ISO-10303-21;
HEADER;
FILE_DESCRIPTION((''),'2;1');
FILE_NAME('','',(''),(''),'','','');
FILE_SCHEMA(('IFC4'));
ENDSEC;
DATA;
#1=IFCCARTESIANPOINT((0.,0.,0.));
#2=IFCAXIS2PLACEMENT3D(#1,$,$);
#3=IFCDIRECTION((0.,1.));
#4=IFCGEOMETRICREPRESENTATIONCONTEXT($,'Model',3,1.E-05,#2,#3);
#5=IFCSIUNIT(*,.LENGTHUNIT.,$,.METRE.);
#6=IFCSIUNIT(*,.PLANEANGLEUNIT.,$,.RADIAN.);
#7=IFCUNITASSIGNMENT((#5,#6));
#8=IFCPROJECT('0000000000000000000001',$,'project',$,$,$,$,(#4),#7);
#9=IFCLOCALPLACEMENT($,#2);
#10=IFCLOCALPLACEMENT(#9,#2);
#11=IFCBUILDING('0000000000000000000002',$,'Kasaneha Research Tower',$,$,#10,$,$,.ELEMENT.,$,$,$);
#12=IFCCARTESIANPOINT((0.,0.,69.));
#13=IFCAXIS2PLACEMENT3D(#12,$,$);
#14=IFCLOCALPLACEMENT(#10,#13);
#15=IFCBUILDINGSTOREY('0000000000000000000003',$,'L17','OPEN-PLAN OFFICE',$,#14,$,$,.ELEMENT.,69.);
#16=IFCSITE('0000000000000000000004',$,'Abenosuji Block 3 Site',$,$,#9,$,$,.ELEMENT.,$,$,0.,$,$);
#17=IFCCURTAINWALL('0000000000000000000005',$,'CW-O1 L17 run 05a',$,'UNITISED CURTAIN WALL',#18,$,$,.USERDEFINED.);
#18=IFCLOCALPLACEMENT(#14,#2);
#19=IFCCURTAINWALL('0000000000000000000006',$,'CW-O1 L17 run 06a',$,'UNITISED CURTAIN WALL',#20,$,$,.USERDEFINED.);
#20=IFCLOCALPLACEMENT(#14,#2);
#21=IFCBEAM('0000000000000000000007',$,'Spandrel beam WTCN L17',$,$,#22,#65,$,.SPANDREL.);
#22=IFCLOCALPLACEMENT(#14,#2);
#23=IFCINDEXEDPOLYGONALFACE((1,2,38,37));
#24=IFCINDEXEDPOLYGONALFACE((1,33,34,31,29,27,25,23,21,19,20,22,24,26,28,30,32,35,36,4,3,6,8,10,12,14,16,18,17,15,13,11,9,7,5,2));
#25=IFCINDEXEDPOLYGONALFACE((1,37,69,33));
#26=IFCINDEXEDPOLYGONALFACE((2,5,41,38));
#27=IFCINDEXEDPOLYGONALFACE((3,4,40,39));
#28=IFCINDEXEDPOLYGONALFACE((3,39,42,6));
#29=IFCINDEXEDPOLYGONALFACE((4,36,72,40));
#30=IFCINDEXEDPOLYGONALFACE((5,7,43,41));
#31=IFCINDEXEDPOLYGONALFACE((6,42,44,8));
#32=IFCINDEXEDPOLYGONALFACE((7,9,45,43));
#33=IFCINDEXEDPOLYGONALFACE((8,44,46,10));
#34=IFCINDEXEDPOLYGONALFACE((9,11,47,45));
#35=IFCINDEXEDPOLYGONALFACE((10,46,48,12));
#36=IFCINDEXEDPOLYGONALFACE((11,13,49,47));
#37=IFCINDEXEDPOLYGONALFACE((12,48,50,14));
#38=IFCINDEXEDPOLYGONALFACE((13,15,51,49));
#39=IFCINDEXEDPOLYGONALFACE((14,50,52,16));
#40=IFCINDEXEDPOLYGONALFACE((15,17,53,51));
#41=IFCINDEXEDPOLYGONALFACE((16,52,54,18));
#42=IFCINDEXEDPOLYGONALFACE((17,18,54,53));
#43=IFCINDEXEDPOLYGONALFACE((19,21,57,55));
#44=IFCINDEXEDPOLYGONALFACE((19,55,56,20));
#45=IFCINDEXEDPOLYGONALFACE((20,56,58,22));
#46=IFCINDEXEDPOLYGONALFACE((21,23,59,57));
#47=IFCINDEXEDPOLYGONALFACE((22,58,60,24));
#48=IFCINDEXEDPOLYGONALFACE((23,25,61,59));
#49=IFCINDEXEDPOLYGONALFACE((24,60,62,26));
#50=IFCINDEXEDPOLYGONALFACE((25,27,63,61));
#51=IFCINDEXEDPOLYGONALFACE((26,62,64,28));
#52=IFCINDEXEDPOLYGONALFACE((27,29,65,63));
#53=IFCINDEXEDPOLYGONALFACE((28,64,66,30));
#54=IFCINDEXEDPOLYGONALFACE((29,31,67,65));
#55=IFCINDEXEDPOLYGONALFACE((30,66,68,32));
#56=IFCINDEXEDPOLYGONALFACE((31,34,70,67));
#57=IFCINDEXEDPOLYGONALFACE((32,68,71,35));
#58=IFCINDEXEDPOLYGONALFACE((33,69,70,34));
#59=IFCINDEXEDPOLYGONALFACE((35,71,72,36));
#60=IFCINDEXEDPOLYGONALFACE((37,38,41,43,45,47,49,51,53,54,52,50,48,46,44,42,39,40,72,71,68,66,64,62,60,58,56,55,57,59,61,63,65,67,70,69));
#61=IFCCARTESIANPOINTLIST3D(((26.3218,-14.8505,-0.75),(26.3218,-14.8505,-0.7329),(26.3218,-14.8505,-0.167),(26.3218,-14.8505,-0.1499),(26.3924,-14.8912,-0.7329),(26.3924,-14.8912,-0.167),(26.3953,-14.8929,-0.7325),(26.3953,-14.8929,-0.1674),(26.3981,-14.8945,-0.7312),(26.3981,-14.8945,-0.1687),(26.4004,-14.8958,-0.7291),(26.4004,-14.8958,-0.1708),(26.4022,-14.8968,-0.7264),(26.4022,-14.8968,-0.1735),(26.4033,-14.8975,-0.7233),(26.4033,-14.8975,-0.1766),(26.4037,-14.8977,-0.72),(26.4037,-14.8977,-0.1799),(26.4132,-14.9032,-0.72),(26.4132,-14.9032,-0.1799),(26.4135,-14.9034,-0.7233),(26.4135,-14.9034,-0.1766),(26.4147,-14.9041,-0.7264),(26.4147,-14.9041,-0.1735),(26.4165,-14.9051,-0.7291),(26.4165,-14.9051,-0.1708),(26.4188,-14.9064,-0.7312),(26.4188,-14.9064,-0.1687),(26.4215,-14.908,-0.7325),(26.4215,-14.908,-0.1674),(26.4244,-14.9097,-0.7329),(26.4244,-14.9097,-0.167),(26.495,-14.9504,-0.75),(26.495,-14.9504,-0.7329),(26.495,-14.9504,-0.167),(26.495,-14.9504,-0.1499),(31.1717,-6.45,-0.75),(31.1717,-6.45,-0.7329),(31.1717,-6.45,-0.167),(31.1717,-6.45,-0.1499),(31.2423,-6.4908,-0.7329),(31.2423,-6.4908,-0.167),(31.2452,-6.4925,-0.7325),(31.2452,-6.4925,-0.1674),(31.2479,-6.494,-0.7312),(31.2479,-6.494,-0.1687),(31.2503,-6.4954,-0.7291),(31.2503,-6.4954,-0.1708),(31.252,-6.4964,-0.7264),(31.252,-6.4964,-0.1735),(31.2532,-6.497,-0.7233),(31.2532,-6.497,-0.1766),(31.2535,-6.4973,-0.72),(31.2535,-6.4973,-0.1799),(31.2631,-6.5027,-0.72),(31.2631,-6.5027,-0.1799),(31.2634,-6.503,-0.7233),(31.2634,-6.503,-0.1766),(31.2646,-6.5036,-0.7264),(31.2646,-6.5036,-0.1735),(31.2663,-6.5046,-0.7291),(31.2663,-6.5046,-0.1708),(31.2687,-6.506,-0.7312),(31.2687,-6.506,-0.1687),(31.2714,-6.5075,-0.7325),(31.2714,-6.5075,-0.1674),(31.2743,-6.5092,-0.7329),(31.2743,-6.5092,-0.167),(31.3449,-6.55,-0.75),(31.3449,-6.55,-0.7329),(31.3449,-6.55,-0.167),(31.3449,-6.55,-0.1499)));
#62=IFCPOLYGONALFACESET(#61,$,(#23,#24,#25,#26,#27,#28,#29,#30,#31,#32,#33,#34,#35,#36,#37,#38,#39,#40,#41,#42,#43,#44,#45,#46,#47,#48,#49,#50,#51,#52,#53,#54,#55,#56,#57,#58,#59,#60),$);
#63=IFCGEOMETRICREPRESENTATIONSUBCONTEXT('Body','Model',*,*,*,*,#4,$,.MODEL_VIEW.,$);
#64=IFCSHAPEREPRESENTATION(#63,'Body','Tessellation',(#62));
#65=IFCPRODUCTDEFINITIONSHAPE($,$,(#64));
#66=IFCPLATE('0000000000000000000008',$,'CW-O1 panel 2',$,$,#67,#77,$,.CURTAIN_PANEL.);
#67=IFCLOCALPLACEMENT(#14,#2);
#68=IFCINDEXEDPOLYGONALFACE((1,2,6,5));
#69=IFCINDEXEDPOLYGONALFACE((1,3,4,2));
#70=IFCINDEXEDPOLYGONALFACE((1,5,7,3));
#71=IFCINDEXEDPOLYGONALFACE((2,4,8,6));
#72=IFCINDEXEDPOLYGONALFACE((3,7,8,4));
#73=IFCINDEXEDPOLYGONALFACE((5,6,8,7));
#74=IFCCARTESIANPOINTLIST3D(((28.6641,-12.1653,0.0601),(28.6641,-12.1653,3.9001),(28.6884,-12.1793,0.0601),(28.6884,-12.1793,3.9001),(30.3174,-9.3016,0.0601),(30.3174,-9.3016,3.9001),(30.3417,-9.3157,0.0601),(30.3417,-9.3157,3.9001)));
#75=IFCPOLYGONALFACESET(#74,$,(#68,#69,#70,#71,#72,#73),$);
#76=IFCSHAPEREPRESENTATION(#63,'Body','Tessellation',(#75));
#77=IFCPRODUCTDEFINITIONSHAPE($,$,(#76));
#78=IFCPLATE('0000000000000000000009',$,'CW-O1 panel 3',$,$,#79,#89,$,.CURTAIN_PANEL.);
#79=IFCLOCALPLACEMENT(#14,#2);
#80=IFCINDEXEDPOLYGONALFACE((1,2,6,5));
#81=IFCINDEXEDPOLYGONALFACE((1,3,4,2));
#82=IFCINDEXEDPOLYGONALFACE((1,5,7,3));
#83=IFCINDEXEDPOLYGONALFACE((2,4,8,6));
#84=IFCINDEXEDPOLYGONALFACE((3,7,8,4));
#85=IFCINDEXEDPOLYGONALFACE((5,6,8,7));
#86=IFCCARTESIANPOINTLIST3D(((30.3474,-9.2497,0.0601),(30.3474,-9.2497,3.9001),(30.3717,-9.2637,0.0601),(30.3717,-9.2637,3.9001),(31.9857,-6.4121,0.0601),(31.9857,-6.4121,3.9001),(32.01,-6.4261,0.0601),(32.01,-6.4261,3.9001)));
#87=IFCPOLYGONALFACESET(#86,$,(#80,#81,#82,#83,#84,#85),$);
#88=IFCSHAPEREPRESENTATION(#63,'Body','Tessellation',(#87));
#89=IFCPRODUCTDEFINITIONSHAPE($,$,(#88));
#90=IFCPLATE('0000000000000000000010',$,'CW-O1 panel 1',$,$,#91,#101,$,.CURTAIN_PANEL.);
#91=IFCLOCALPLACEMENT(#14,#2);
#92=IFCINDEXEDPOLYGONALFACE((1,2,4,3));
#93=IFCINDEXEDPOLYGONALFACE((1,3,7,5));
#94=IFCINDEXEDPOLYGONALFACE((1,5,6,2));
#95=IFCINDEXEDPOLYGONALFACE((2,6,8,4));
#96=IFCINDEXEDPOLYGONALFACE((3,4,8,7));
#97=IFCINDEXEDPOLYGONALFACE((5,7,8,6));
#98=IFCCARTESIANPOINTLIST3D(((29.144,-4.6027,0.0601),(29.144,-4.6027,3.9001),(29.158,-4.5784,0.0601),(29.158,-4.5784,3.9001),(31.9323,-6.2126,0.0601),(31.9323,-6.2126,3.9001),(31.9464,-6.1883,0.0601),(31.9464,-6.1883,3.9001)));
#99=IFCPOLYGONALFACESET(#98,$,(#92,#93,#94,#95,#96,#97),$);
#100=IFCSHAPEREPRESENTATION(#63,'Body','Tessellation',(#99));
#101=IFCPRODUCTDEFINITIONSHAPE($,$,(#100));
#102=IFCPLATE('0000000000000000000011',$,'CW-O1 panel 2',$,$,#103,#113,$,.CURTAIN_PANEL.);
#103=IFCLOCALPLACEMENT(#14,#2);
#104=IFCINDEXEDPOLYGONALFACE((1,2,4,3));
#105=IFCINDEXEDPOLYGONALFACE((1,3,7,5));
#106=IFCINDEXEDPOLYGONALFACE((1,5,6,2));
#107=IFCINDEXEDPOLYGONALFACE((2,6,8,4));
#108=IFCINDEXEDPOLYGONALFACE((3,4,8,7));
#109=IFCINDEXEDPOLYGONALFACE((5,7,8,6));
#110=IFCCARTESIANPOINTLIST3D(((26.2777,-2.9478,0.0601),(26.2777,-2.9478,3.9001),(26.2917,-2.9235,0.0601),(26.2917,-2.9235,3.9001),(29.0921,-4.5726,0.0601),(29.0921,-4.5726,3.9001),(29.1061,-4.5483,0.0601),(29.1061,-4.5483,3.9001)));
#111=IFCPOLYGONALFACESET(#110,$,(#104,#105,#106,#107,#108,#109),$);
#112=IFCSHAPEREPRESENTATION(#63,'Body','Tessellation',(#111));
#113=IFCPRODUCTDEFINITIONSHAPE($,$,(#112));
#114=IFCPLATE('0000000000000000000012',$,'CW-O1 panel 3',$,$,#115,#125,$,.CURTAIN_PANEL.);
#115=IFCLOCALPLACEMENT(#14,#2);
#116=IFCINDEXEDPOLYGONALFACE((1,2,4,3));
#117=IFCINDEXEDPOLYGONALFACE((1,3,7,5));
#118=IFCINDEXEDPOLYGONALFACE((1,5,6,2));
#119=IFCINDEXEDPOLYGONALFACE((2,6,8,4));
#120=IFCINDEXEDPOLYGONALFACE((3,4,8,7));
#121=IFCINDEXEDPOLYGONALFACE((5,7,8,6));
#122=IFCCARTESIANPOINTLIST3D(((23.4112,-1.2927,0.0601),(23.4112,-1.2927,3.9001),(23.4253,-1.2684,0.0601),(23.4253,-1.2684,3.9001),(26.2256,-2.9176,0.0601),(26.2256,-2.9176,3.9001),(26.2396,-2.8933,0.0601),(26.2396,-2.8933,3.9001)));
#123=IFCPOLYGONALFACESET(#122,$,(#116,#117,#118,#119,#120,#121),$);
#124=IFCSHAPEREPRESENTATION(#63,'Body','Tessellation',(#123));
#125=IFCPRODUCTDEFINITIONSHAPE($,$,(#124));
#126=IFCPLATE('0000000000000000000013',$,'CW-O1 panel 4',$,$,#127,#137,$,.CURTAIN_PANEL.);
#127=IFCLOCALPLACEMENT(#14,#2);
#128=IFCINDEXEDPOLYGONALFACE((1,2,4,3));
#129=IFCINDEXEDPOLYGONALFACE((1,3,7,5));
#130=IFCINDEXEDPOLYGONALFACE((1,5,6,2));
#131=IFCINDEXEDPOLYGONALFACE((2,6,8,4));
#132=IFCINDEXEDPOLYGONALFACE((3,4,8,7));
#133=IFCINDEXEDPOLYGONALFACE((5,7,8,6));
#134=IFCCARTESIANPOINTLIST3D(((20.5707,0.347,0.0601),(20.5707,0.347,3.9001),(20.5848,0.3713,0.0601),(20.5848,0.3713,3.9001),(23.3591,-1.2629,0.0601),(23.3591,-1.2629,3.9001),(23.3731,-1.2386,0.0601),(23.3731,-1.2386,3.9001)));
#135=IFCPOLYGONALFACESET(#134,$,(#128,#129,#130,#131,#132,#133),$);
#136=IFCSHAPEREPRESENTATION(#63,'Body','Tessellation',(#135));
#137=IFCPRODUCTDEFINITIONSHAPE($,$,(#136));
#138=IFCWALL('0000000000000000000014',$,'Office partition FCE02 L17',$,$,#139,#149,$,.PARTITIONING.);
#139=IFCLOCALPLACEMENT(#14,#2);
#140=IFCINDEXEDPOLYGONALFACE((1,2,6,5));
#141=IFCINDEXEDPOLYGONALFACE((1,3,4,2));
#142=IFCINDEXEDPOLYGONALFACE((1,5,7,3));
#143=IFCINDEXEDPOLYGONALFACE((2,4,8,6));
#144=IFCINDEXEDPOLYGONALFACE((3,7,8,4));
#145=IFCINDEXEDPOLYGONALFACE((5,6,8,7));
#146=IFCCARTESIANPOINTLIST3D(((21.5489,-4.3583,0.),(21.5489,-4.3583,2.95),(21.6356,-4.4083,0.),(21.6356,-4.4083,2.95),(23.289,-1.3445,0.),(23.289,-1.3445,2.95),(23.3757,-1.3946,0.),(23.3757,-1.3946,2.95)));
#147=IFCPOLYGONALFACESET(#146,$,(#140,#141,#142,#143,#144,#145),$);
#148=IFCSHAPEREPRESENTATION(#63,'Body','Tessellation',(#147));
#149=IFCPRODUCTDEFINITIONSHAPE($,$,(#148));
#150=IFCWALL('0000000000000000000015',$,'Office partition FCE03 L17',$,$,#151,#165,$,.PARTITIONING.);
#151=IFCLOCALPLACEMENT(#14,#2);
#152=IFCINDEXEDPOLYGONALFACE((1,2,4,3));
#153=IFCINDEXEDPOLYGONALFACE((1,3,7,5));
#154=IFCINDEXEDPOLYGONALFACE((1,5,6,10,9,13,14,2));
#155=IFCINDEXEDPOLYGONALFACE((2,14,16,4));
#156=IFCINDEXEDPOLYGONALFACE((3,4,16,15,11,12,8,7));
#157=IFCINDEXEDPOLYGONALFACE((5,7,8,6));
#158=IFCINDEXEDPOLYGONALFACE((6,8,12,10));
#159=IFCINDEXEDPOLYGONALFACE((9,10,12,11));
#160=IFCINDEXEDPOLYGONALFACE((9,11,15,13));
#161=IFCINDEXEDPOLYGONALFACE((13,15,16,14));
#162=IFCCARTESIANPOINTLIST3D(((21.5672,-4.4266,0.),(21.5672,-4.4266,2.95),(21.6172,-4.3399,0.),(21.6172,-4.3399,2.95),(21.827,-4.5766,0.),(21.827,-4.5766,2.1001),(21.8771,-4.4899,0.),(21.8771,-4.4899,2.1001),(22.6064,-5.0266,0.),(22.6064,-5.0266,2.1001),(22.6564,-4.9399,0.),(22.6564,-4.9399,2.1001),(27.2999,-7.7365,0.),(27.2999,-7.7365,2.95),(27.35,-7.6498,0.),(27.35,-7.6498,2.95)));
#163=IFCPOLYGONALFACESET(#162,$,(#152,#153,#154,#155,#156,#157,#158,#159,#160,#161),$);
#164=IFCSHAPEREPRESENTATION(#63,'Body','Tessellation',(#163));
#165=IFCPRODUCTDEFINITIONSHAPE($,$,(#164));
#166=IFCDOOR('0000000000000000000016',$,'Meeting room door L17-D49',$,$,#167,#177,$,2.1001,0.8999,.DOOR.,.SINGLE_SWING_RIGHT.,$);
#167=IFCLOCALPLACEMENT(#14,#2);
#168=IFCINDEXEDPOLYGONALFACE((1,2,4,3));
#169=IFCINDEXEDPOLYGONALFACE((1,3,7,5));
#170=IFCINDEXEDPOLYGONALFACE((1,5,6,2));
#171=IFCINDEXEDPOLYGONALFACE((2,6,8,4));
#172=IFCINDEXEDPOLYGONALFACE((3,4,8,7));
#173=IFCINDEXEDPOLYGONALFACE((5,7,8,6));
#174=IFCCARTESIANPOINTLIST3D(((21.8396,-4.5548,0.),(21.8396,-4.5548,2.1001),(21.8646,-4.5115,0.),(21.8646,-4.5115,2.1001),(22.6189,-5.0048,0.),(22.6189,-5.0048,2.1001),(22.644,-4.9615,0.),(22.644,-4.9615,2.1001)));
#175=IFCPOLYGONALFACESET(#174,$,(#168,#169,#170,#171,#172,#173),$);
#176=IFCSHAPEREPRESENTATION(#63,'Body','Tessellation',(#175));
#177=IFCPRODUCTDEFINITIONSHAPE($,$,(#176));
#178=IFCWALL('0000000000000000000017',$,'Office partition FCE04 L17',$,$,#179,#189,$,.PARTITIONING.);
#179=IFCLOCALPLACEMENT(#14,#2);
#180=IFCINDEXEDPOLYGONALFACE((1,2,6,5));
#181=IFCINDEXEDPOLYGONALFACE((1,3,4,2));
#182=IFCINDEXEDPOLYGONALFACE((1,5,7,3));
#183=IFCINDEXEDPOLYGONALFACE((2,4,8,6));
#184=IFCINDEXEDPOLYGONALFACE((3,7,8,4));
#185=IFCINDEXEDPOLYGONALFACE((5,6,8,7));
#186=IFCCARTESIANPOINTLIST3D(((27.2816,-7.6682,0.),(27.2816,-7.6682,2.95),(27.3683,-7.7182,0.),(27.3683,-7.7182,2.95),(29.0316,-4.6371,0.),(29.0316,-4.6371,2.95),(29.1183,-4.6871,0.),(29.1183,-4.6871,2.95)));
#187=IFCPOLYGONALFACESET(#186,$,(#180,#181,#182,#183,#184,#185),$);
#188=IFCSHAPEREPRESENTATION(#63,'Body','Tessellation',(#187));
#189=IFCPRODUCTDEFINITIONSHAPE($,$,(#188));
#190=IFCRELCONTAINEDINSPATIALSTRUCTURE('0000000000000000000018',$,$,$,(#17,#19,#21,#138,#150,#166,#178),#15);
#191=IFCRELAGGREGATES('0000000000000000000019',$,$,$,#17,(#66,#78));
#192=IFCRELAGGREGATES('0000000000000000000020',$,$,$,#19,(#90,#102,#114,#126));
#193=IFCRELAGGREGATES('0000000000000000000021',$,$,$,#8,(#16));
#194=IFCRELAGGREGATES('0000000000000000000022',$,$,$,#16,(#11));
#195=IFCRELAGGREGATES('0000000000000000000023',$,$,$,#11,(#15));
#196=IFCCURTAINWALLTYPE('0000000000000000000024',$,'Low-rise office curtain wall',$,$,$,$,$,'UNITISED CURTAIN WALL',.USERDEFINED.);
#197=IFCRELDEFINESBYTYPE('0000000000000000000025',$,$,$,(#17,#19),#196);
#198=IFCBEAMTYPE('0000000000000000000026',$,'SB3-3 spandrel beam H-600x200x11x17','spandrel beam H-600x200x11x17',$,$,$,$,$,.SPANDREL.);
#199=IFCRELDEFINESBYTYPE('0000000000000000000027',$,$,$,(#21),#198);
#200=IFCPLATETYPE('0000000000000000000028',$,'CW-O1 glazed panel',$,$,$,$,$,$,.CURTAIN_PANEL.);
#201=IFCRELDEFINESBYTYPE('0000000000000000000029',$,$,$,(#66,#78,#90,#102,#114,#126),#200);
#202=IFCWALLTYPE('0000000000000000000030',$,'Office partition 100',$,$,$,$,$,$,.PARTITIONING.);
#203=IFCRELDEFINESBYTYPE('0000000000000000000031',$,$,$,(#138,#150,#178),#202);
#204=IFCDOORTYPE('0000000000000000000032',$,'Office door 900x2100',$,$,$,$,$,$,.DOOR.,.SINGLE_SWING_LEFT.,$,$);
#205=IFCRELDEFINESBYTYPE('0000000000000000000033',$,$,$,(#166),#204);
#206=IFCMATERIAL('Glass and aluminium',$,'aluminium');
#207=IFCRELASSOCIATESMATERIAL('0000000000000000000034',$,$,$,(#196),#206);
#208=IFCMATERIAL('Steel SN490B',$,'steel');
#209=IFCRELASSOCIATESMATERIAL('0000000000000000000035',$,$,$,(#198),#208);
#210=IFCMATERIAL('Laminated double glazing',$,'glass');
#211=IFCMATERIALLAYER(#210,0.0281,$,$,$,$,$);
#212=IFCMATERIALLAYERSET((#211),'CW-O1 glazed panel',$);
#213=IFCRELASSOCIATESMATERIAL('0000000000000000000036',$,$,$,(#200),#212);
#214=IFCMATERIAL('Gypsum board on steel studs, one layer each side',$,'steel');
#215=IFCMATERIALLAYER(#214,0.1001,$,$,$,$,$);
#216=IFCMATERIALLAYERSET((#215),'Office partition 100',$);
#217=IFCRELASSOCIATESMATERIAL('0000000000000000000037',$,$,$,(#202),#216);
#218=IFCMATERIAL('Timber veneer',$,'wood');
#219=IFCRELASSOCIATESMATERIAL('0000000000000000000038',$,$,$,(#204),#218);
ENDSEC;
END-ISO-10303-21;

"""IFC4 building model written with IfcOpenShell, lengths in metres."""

from ifc_helpers import new_model, si_unit, direction, frame, frame_2d, origin, origin_2d, place, context, subcontext, project, spatial, rectangle, i_section, extrude, material, layer, layer_set, material_profile, profile_set, type_object, element, fill, aggregate, save


model = new_model("IFC4")

# Units and contexts
model_context = context("Model", 3, precision=1e-05, world=origin(), true_north=direction((0.0, 1.0)))
body_context = subcontext(model_context, "Body", "Model", "MODEL_VIEW")
ifc_project = project(units=[si_unit("LENGTHUNIT", "METRE"), si_unit("PLANEANGLEUNIT", "RADIAN")], contexts=[model_context])

# Site, building, storey
site_placement = place(None, origin())
site = spatial("IfcSite", under=ifc_project, at=site_placement, Name="Abenosuji Block 3 Site", CompositionType="ELEMENT", RefElevation=0.0)
building_placement = place(site_placement, origin())
building = spatial("IfcBuilding", under=site, at=building_placement, Name="Kasaneha Research Tower", CompositionType="ELEMENT")
storey_placement = place(building_placement, frame((0.0, 0.0, 69.0)))
storey = spatial("IfcBuildingStorey", under=building, at=storey_placement, Name="L17", Description="OPEN-PLAN OFFICE", CompositionType="ELEMENT", Elevation=69.0)

# Curtain walls
ifc_material_1 = material(Name="Glass and aluminium", Category="aluminium")
curtain_wall_type = type_object("IfcCurtainWallType", Name="Low-rise office curtain wall", ElementType="UNITISED CURTAIN WALL", PredefinedType="USERDEFINED", material=ifc_material_1)
curtain_wall_1_placement = place(storey_placement, origin())
curtain_wall_1 = element("IfcCurtainWall", 1, at=curtain_wall_1_placement, inside=storey, type_object=curtain_wall_type, Name="CW-O1 L17 run 05a", ObjectType="UNITISED CURTAIN WALL", PredefinedType="USERDEFINED")
curtain_wall_2_placement = place(storey_placement, origin())
curtain_wall_2 = element("IfcCurtainWall", 2, at=curtain_wall_2_placement, inside=storey, type_object=curtain_wall_type, Name="CW-O1 L17 run 06a", ObjectType="UNITISED CURTAIN WALL", PredefinedType="USERDEFINED")

# Beam
ifc_material_2 = material(Name="Steel SN490B", Category="steel")
ifc_material_profile_1 = material_profile(ifc_material_2, i_section(OverallWidth=0.2, OverallDepth=0.6001, WebThickness=0.011, FlangeThickness=0.0171, FilletRadius=0.0129, at=origin_2d()), Name="H-600x200x11x17")
ifc_profile_set_1 = profile_set([ifc_material_profile_1], Name="Steel SN490B")
beam_type_1 = type_object("IfcBeamType", Name="SB3-3 spandrel beam H-600x200x11x17", Description="spandrel beam H-600x200x11x17", PredefinedType="SPANDREL", material=ifc_profile_set_1)
beam_1_placement = place(storey_placement, frame((31.2583, -6.5, -0.45), z_axis=(-0.499991, -0.866031, 0.0), x_axis=(0.866031, -0.499991, 0.0)))
element("IfcBeam", 3, at=beam_1_placement, inside=storey, type_object=beam_type_1, Name="Spandrel beam WTCN L17", PredefinedType="SPANDREL", context=body_context, shape_type="SweptSolid", body=[
    extrude(i_section(OverallWidth=0.2, OverallDepth=0.6001, WebThickness=0.011, FlangeThickness=0.0171, FilletRadius=0.0129, at=origin_2d()), origin(), (0.0, 0.0, 1.0), 9.7),
])

# Plates
ifc_material_3 = material(Name="Laminated double glazing", Category="glass")
ifc_layer_1 = layer(ifc_material_3, 0.0281)
ifc_layer_set_1 = layer_set([ifc_layer_1], Name="CW-O1 glazed panel")
plate_type = type_object("IfcPlateType", Name="CW-O1 glazed panel", PredefinedType="CURTAIN_PANEL", material=ifc_layer_set_1)
plate_1_placement = place(storey_placement, frame((29.5029, -10.7405, 0.0601), z_axis=(0.0, 0.0, 1.0), x_axis=(0.5, 0.866025, 0.0)))
plate_1 = element("IfcPlate", 4, at=plate_1_placement, type_object=plate_type, Name="CW-O1 panel 2", PredefinedType="CURTAIN_PANEL", context=body_context, shape_type="SweptSolid", body=[
    extrude(rectangle(XDim=3.3066, YDim=0.0281, at=origin_2d()), origin(), (0.0, 0.0, 1.0), 3.8401),
])
plate_2_placement = place(storey_placement, frame((31.1787, -7.8379, 0.0601), z_axis=(0.0, 0.0, 1.0), x_axis=(0.5, 0.866025, 0.0)))
plate_2 = element("IfcPlate", 5, at=plate_2_placement, type_object=plate_type, Name="CW-O1 panel 3", PredefinedType="CURTAIN_PANEL", context=body_context, shape_type="SweptSolid", body=[
    extrude(rectangle(XDim=3.2766, YDim=0.0281, at=origin_2d()), origin(), (0.0, 0.0, 1.0), 3.8401),
])
aggregate(curtain_wall_1, [plate_1, plate_2])
plate_3_placement = place(storey_placement, frame((30.5452, -5.3955, 0.0601), z_axis=(0.0, 0.0, 1.0), x_axis=(-0.866025, 0.5, 0.0)))
plate_3 = element("IfcPlate", 6, at=plate_3_placement, type_object=plate_type, Name="CW-O1 panel 1", PredefinedType="CURTAIN_PANEL", context=body_context, shape_type="SweptSolid", body=[
    extrude(rectangle(XDim=3.2197, YDim=0.0281, at=origin_2d()), origin(), (0.0, 0.0, 1.0), 3.8401),
])
plate_4_placement = place(storey_placement, frame((27.6919, -3.748, 0.0601), z_axis=(0.0, 0.0, 1.0), x_axis=(-0.866025, 0.5, 0.0)))
plate_4 = element("IfcPlate", 7, at=plate_4_placement, type_object=plate_type, Name="CW-O1 panel 2", PredefinedType="CURTAIN_PANEL", context=body_context, shape_type="SweptSolid", body=[
    extrude(rectangle(XDim=3.2498, YDim=0.0281, at=origin_2d()), origin(), (0.0, 0.0, 1.0), 3.8401),
])
plate_5_placement = place(storey_placement, frame((24.8254, -2.093, 0.0601), z_axis=(0.0, 0.0, 1.0), x_axis=(-0.866025, 0.5, 0.0)))
plate_5 = element("IfcPlate", 8, at=plate_5_placement, type_object=plate_type, Name="CW-O1 panel 3", PredefinedType="CURTAIN_PANEL", context=body_context, shape_type="SweptSolid", body=[
    extrude(rectangle(XDim=3.2498, YDim=0.0281, at=origin_2d()), origin(), (0.0, 0.0, 1.0), 3.8401),
])
plate_6_placement = place(storey_placement, frame((21.9719, -0.4458, 0.0601), z_axis=(0.0, 0.0, 1.0), x_axis=(-0.866025, 0.5, 0.0)))
plate_6 = element("IfcPlate", 9, at=plate_6_placement, type_object=plate_type, Name="CW-O1 panel 4", PredefinedType="CURTAIN_PANEL", context=body_context, shape_type="SweptSolid", body=[
    extrude(rectangle(XDim=3.2197, YDim=0.0281, at=origin_2d()), origin(), (0.0, 0.0, 1.0), 3.8401),
])
aggregate(curtain_wall_2, [plate_3, plate_4, plate_5, plate_6])

# Wall
ifc_material_4 = material(Name="Gypsum board on steel studs, one layer each side", Category="steel")
ifc_layer_2 = layer(ifc_material_4, 0.1001)
ifc_layer_set_2 = layer_set([ifc_layer_2], Name="Office partition 100")
wall_type_1 = type_object("IfcWallType", Name="Office partition 100", PredefinedType="PARTITIONING", material=ifc_layer_set_2)
wall_1_placement = place(storey_placement, frame((21.5923, -4.3833, 0.0), z_axis=(0.0, 0.0, 1.0), x_axis=(0.50001, 0.86602, 0.0)))
element("IfcWall", 10, at=wall_1_placement, inside=storey, type_object=wall_type_1, Name="Office partition FCE02 L17", PredefinedType="PARTITIONING", context=body_context, shape_type="SweptSolid", body=[
    extrude(rectangle(XDim=3.48, YDim=0.1001, at=frame_2d((1.74, 0.0))), origin(), (0.0, 0.0, 1.0), 2.95),
])

# Wall, opening, door
wall_2_placement = place(storey_placement, frame((27.325, -7.6931, 0.0), z_axis=(0.0, 0.0, 1.0), x_axis=(-0.866022, 0.500007, 0.0)))
wall_2 = element("IfcWall", 11, at=wall_2_placement, inside=storey, type_object=wall_type_1, Name="Office partition FCE03 L17", PredefinedType="PARTITIONING", context=body_context, shape_type="SweptSolid", body=[
    extrude(rectangle(XDim=6.6196, YDim=0.1001, at=frame_2d((3.3098, 0.0))), origin(), (0.0, 0.0, 1.0), 2.95),
])
opening_placement = place(wall_2_placement, frame((5.4197, 0.0, 0.0)))
opening = element("IfcOpeningElement", 12, at=opening_placement, cuts=wall_2, PredefinedType="OPENING", context=body_context, shape_type="SweptSolid", body=[
    extrude(rectangle(XDim=0.8999, YDim=2.1001, at=frame_2d((0.45, 1.05))), frame((0.0, 0.0601, 0.0), z_axis=(0.0, -1.0, 0.0), x_axis=(1.0, 0.0, 0.0)), (0.0, 0.0, 1.0), 0.1201),
])
ifc_material_5 = material(Name="Timber veneer", Category="wood")
door_type = type_object("IfcDoorType", Name="Office door 900x2100", OperationType="SINGLE_SWING_LEFT", PredefinedType="DOOR", material=ifc_material_5)
door_placement = place(opening_placement, origin())
door = element("IfcDoor", 13, at=door_placement, inside=storey, type_object=door_type, Name="Meeting room door L17-D49", OperationType="SINGLE_SWING_RIGHT", OverallHeight=2.1001, OverallWidth=0.8999, PredefinedType="DOOR", context=body_context, shape_type="SweptSolid", body=[
    extrude(rectangle(XDim=0.8999, YDim=2.1001, at=frame_2d((0.45, 1.05))), frame((0.0, 0.0249, 0.0), z_axis=(0.0, -1.0, 0.0), x_axis=(1.0, 0.0, 0.0)), (0.0, 0.0, 1.0), 0.05),
])
fill(opening, door)

# Wall
wall_3_placement = place(storey_placement, frame((29.075, -4.6621, 0.0), z_axis=(0.0, 0.0, 1.0), x_axis=(-0.50001, -0.866019, 0.0)))
element("IfcWall", 14, at=wall_3_placement, inside=storey, type_object=wall_type_1, Name="Office partition FCE04 L17", PredefinedType="PARTITIONING", context=body_context, shape_type="SweptSolid", body=[
    extrude(rectangle(XDim=3.5, YDim=0.1001, at=frame_2d((1.75, 0.0))), origin(), (0.0, 0.0, 1.0), 2.95),
])

save(model, "model.ifc")
